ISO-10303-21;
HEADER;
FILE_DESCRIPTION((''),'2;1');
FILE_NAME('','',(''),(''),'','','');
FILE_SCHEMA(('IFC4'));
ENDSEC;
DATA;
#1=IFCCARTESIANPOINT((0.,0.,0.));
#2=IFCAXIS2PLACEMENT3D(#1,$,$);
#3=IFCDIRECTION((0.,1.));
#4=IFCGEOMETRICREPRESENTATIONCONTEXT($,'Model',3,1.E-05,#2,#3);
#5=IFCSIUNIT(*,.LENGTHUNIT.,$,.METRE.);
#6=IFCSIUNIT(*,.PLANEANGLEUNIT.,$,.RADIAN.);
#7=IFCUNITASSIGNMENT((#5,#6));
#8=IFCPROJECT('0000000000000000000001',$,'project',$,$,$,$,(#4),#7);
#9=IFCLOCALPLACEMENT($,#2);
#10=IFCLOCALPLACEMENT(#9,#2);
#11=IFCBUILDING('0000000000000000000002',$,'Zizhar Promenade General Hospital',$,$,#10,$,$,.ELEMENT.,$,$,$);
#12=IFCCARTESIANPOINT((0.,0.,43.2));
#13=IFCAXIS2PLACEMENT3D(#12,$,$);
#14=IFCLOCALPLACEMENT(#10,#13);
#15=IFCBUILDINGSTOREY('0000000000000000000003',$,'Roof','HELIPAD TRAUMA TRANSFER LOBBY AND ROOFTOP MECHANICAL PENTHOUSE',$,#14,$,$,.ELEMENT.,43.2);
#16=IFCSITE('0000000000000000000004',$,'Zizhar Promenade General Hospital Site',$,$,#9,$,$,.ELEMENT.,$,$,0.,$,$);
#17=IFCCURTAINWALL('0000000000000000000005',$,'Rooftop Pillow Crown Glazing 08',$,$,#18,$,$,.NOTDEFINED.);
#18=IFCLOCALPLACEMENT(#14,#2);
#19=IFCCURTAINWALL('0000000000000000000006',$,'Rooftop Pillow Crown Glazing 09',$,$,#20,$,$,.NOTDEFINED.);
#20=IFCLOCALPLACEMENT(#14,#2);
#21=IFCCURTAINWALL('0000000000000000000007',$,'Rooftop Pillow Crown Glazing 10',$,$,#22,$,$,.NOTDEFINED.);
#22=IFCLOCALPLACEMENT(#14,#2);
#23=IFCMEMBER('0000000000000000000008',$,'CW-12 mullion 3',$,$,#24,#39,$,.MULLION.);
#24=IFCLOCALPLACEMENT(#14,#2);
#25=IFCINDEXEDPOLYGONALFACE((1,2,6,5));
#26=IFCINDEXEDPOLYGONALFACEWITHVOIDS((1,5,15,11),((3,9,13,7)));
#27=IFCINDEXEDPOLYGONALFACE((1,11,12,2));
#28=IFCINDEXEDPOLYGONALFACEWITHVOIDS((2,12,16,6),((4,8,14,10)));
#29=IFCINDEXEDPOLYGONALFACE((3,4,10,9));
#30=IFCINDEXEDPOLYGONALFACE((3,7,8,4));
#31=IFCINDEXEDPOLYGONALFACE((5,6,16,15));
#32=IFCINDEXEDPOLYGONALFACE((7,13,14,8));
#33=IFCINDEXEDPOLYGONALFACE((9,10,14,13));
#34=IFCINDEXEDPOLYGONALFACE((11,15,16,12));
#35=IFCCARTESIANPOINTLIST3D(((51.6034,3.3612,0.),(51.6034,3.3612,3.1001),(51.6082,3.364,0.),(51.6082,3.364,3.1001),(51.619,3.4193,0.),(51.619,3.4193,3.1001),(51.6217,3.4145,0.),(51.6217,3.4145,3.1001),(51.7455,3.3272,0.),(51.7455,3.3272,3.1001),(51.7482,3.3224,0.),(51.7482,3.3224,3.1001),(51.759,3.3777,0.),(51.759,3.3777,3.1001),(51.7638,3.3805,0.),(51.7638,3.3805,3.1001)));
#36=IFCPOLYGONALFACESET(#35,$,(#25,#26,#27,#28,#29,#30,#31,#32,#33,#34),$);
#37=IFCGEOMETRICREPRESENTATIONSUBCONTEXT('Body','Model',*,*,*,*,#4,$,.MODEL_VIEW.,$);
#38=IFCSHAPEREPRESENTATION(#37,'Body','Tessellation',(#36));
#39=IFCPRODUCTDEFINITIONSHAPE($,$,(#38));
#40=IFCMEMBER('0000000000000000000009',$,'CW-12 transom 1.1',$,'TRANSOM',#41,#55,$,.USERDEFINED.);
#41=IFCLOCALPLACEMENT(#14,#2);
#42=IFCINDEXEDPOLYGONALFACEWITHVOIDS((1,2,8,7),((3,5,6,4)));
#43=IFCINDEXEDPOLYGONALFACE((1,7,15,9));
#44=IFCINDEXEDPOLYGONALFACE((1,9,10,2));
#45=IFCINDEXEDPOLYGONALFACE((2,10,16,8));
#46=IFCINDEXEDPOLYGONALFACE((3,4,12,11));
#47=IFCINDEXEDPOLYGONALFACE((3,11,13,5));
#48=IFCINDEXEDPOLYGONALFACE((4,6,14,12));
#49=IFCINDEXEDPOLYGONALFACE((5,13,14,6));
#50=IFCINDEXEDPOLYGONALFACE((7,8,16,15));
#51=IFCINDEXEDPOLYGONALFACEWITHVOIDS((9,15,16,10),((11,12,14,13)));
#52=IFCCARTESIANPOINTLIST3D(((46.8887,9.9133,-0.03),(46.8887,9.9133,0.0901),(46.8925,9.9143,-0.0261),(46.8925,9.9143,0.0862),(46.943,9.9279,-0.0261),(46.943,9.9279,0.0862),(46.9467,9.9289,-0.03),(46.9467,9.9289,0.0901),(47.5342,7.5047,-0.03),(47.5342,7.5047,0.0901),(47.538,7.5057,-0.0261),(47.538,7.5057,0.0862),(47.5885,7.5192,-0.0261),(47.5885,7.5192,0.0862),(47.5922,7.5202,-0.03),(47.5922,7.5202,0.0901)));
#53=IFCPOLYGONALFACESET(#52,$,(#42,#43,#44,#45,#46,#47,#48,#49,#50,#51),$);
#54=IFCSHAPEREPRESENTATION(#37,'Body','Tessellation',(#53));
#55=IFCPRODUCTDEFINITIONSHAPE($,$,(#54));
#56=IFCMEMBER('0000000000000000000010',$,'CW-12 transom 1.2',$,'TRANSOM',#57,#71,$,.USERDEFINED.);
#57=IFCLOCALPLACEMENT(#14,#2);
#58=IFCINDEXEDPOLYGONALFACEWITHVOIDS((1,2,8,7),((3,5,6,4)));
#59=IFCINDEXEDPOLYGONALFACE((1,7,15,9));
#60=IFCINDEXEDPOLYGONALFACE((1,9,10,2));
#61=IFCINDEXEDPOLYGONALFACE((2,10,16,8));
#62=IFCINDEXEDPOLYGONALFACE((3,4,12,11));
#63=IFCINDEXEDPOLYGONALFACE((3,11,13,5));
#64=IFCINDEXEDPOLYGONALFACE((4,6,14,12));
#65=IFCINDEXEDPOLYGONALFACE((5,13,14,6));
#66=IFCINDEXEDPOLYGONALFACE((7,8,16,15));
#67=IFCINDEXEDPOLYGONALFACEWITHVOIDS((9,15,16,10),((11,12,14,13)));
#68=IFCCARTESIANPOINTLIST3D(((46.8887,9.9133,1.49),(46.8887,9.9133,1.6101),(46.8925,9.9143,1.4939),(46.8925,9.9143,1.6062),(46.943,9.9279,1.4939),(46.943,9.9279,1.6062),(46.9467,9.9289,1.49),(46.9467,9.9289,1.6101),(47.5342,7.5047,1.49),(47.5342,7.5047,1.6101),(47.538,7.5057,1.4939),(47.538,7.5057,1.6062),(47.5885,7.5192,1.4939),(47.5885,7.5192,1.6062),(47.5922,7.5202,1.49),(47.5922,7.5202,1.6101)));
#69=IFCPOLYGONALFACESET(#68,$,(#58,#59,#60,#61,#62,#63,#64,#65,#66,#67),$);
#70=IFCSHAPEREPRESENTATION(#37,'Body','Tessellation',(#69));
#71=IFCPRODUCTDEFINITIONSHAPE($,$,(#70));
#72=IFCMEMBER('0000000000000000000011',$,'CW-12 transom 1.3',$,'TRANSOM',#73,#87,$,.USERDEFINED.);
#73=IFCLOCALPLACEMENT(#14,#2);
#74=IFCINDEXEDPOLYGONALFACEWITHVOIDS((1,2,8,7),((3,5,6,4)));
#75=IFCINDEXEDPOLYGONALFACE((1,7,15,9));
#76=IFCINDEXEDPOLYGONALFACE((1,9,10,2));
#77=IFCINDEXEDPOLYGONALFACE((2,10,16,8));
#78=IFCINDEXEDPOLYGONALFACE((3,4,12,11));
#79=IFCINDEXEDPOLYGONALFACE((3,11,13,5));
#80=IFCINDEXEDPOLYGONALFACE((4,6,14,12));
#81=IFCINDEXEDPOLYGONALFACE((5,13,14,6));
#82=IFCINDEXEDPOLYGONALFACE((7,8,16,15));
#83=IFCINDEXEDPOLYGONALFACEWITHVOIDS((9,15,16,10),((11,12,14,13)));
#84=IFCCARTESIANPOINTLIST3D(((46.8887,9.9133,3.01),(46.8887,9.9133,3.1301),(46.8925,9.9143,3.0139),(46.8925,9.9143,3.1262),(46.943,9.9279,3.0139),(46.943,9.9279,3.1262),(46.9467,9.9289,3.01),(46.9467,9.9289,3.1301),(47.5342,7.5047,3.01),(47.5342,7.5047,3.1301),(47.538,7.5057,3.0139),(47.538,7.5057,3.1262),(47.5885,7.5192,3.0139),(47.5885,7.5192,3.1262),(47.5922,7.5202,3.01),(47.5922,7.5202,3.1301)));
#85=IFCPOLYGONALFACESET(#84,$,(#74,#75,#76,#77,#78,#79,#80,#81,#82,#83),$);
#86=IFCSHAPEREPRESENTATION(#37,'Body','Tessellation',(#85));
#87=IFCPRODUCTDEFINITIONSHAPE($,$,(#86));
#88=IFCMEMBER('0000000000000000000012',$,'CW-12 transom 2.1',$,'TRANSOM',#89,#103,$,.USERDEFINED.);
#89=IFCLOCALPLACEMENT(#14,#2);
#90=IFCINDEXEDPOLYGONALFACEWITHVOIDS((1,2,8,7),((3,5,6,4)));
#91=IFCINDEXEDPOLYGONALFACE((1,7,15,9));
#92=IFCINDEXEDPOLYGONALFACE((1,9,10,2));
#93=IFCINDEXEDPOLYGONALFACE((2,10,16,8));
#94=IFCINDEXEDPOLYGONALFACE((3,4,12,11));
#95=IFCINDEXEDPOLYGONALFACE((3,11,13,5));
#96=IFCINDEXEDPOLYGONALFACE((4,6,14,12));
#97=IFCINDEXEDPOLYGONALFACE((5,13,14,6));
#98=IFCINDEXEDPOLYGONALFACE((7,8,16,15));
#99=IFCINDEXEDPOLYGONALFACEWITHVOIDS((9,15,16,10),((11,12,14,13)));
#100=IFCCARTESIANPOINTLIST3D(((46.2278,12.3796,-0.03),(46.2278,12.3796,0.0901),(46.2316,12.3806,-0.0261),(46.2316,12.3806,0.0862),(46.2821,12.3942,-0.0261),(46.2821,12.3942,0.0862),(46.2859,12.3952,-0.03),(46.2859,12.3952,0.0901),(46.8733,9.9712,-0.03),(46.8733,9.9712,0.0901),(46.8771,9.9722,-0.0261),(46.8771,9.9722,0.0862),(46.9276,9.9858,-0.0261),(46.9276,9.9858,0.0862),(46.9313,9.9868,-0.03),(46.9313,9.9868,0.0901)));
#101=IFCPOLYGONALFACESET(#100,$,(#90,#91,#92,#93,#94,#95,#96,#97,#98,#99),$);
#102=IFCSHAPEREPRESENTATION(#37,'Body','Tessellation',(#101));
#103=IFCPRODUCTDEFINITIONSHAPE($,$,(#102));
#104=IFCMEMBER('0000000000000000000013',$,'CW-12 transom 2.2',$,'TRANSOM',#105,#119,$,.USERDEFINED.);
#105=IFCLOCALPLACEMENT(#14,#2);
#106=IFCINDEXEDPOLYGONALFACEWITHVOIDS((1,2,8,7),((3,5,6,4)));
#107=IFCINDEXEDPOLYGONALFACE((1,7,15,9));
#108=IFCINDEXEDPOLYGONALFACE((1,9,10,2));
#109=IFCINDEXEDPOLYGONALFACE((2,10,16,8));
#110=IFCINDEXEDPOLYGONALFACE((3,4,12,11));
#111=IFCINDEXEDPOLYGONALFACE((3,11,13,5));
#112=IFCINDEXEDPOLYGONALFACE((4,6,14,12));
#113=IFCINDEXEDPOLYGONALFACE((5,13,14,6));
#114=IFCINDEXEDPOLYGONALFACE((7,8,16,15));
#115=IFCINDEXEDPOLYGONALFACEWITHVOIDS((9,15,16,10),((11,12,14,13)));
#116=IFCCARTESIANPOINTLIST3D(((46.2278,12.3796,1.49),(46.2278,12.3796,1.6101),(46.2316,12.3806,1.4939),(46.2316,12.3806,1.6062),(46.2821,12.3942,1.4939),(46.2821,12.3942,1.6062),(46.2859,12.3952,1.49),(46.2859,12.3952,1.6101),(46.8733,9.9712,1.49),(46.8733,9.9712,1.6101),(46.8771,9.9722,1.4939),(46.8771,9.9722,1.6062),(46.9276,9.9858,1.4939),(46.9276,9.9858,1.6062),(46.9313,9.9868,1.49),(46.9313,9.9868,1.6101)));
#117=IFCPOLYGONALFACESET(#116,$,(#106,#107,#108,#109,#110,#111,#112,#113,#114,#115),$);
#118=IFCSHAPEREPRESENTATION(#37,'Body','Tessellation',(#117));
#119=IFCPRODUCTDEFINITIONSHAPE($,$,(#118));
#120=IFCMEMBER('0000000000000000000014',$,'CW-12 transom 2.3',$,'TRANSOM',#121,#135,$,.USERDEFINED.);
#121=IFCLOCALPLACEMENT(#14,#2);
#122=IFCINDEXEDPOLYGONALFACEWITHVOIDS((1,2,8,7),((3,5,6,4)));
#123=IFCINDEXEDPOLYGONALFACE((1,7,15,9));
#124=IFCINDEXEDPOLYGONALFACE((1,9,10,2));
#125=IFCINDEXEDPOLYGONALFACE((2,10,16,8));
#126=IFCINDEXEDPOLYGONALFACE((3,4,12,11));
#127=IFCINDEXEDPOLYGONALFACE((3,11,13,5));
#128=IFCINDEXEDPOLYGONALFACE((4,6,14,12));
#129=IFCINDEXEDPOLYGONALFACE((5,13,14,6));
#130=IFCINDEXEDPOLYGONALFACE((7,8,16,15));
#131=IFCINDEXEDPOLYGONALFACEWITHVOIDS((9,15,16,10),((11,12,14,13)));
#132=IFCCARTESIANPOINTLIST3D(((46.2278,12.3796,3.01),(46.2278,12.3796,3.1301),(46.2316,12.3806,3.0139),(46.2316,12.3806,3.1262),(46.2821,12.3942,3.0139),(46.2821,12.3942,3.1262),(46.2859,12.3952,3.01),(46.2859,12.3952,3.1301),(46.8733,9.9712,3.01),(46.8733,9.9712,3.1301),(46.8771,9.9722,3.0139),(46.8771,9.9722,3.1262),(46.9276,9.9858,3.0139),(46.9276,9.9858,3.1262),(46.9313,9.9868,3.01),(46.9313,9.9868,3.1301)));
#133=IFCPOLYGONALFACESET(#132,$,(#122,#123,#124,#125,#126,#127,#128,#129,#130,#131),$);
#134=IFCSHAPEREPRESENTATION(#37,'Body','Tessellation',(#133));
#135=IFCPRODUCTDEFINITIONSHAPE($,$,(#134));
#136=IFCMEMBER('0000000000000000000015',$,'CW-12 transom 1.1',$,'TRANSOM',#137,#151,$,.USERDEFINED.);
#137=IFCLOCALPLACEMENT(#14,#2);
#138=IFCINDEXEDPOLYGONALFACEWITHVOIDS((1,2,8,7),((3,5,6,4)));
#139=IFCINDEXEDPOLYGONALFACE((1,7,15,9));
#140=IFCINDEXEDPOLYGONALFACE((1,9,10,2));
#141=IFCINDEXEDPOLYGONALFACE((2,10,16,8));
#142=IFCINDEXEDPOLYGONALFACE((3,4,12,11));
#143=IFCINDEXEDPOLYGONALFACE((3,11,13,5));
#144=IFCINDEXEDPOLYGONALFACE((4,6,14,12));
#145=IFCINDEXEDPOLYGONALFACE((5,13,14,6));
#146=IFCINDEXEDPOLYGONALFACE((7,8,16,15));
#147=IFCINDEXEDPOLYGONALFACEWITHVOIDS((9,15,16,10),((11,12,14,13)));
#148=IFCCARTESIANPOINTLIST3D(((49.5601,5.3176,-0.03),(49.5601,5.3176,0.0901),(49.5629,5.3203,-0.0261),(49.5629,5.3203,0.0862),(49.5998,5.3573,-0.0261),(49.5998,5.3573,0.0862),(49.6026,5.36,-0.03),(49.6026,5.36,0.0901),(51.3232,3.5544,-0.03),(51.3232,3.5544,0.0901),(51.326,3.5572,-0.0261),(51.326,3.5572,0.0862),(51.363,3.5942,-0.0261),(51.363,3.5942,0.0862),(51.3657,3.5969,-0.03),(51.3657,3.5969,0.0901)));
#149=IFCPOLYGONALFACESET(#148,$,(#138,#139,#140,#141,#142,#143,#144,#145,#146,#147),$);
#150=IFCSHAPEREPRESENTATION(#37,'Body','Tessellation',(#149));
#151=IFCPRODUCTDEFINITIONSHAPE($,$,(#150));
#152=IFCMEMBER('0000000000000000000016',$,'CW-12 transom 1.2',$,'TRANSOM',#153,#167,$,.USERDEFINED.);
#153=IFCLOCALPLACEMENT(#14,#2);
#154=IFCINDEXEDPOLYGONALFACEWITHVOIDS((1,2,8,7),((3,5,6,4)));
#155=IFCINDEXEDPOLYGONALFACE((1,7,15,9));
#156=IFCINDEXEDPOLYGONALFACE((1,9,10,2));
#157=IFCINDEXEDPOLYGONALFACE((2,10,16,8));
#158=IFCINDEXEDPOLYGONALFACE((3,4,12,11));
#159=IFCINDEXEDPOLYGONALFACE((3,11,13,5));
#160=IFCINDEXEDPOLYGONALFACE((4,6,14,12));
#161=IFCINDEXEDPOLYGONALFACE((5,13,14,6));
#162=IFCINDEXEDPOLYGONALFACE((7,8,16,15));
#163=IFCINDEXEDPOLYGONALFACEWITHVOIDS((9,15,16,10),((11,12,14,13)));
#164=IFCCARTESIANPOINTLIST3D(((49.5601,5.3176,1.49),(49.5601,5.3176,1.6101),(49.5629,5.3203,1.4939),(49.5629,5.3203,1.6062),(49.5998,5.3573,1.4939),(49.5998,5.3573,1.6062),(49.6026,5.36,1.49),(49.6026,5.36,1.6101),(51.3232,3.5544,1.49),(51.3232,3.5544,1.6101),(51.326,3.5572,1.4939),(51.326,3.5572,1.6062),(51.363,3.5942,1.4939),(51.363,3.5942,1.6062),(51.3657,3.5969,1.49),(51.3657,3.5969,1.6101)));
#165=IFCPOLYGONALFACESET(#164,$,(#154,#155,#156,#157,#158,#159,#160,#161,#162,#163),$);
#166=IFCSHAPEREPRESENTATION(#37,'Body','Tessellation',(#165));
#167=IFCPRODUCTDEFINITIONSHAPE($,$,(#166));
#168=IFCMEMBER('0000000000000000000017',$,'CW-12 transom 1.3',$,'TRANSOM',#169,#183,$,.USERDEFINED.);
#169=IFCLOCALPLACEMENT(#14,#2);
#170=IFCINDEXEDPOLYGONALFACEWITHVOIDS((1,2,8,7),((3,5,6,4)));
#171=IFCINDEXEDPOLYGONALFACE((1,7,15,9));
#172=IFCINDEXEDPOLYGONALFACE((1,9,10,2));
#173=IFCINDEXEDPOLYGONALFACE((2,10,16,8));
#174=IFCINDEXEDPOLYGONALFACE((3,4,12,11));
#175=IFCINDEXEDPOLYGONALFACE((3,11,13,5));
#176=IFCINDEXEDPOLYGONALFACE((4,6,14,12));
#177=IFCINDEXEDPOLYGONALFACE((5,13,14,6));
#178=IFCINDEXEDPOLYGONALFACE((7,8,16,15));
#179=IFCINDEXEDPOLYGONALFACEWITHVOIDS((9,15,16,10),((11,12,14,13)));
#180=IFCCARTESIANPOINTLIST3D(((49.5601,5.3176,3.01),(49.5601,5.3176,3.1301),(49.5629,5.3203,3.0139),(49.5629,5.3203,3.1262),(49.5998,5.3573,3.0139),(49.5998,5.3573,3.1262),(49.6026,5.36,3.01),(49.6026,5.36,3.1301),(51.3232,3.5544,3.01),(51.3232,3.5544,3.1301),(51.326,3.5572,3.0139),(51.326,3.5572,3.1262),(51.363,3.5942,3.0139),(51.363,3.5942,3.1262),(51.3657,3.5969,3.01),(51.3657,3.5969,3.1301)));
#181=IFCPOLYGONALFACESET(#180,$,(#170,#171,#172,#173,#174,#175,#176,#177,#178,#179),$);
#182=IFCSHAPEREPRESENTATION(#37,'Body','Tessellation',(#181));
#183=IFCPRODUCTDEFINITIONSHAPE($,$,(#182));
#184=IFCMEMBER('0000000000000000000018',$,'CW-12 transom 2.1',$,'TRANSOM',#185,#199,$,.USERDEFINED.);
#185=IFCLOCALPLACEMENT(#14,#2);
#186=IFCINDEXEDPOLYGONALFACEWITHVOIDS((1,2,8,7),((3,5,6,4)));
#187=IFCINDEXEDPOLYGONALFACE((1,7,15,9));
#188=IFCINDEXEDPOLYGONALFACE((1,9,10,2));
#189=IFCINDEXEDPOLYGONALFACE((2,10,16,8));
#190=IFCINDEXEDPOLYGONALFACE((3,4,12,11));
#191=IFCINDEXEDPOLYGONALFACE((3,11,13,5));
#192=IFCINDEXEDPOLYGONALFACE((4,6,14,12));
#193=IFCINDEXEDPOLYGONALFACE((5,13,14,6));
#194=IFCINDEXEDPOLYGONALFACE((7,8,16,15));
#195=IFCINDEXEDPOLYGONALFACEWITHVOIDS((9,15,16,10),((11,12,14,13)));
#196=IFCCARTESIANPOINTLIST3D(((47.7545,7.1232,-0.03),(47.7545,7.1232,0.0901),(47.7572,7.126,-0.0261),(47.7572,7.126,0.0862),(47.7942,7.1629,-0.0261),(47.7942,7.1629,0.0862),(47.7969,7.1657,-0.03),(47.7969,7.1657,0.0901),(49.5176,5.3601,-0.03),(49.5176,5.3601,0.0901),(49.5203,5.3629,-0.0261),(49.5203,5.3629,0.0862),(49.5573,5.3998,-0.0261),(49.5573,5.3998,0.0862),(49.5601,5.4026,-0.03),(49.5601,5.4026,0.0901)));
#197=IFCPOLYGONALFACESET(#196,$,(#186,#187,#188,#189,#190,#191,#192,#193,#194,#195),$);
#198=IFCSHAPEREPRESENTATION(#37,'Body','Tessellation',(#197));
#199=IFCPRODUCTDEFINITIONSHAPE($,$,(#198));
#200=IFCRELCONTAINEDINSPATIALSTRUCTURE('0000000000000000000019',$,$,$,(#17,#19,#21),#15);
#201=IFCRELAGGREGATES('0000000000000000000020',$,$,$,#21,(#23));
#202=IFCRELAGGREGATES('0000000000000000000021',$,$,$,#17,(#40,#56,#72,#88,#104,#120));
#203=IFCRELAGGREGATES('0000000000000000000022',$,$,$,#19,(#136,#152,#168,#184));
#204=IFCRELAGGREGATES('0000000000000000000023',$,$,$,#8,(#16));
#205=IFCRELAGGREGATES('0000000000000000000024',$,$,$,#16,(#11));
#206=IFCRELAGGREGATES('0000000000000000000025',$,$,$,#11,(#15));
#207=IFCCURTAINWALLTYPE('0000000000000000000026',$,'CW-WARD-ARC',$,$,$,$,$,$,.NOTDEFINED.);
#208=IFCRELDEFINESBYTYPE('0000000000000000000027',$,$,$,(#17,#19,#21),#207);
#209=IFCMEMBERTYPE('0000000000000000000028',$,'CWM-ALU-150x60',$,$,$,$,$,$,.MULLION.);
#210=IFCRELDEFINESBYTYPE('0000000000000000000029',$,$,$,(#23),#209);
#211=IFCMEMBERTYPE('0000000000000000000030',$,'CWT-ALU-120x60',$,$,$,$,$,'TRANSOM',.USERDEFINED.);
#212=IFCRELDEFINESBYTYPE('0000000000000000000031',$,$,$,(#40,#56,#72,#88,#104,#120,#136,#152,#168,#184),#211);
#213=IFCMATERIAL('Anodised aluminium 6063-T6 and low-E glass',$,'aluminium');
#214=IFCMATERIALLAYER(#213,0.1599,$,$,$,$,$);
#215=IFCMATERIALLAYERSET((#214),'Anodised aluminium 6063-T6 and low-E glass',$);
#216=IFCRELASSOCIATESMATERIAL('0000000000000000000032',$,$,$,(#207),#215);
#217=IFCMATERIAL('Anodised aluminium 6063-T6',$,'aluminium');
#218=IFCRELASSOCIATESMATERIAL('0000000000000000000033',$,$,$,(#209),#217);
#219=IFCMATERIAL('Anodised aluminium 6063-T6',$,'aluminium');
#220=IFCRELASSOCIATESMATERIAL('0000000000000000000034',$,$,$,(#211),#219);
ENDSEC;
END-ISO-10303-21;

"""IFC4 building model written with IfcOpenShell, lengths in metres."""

from ifc_helpers import new_model, si_unit, direction, frame, origin, origin_2d, place, context, subcontext, project, spatial, hollow_rectangle, extrude, material, layer, layer_set, material_profile, profile_set, type_object, element, aggregate, save


model = new_model("IFC4")

# Units and contexts
model_context = context("Model", 3, precision=1e-05, world=origin(), true_north=direction((0.0, 1.0)))
body_context = subcontext(model_context, "Body", "Model", "MODEL_VIEW")
ifc_project = project(units=[si_unit("LENGTHUNIT", "METRE"), si_unit("PLANEANGLEUNIT", "RADIAN")], contexts=[model_context])

# Site, building, storey
site_placement = place(None, origin())
site = spatial("IfcSite", under=ifc_project, at=site_placement, Name="Zizhar Promenade General Hospital Site", CompositionType="ELEMENT", RefElevation=0.0)
building_placement = place(site_placement, origin())
building = spatial("IfcBuilding", under=site, at=building_placement, Name="Zizhar Promenade General Hospital", CompositionType="ELEMENT")
storey_placement = place(building_placement, frame((0.0, 0.0, 43.2)))
storey = spatial("IfcBuildingStorey", under=building, at=storey_placement, Name="Roof", Description="HELIPAD TRAUMA TRANSFER LOBBY AND ROOFTOP MECHANICAL PENTHOUSE", CompositionType="ELEMENT", Elevation=43.2)

# Curtain walls
ifc_material_1 = material(Name="Anodised aluminium 6063-T6 and low-E glass", Category="aluminium")
ifc_layer_1 = layer(ifc_material_1, 0.1599)
ifc_layer_set_1 = layer_set([ifc_layer_1], Name="Anodised aluminium 6063-T6 and low-E glass")
curtain_wall_type = type_object("IfcCurtainWallType", Name="CW-WARD-ARC", PredefinedType="NOTDEFINED", material=ifc_layer_set_1)
curtain_wall_1_placement = place(storey_placement, origin())
curtain_wall_1 = element("IfcCurtainWall", 1, at=curtain_wall_1_placement, inside=storey, type_object=curtain_wall_type, Name="Rooftop Pillow Crown Glazing 08", PredefinedType="NOTDEFINED")
ifc_material_2 = material(Name="Anodised aluminium 6063-T6", Category="aluminium")
ifc_material_profile_1 = material_profile(ifc_material_2, hollow_rectangle(XDim=0.0601, YDim=0.1499, WallThickness=0.0039, at=origin_2d()))
ifc_profile_set_1 = profile_set([ifc_material_profile_1], Name="Anodised aluminium 6063-T6")
member_type_1 = type_object("IfcMemberType", Name="CWM-ALU-150x60", PredefinedType="MULLION", material=ifc_profile_set_1)
curtain_wall_2_placement = place(storey_placement, origin())
curtain_wall_2 = element("IfcCurtainWall", 2, at=curtain_wall_2_placement, inside=storey, type_object=curtain_wall_type, Name="Rooftop Pillow Crown Glazing 09", PredefinedType="NOTDEFINED")

# Curtain wall, member
curtain_wall_3_placement = place(storey_placement, origin())
curtain_wall_3 = element("IfcCurtainWall", 3, at=curtain_wall_3_placement, inside=storey, type_object=curtain_wall_type, Name="Rooftop Pillow Crown Glazing 10", PredefinedType="NOTDEFINED")
member_1_placement = place(storey_placement, frame((51.6836, 3.3708, 0.0), z_axis=(0.0, 0.0, 1.0), x_axis=(-0.258813, -0.965927, 0.0)))
member_1 = element("IfcMember", 4, at=member_1_placement, type_object=member_type_1, Name="CW-12 mullion 3", PredefinedType="MULLION", context=body_context, shape_type="SweptSolid", body=[
    extrude(hollow_rectangle(XDim=0.0601, YDim=0.1499, WallThickness=0.0039, at=origin_2d()), origin(), (0.0, 0.0, 1.0), 3.1001),
])
aggregate(curtain_wall_3, [member_1])

# Members
ifc_material_3 = material(Name="Anodised aluminium 6063-T6", Category="aluminium")
ifc_material_profile_2 = material_profile(ifc_material_3, hollow_rectangle(XDim=0.0601, YDim=0.1201, WallThickness=0.0039, at=origin_2d()))
ifc_profile_set_2 = profile_set([ifc_material_profile_2], Name="Anodised aluminium 6063-T6")
member_type_2 = type_object("IfcMemberType", Name="CWT-ALU-120x60", ElementType="TRANSOM", PredefinedType="USERDEFINED", material=ifc_profile_set_2)
member_2_placement = place(storey_placement, frame((47.5632, 7.5125, 0.03), z_axis=(-0.258857, 0.965916, 0.0), x_axis=(-0.965916, -0.258857, 0.0)))
member_2 = element("IfcMember", 5, at=member_2_placement, type_object=member_type_2, Name="CW-12 transom 1.1", ObjectType="TRANSOM", PredefinedType="USERDEFINED", context=body_context, shape_type="SweptSolid", body=[
    extrude(hollow_rectangle(XDim=0.0601, YDim=0.1201, WallThickness=0.0039, at=origin_2d()), origin(), (0.0, 0.0, 1.0), 2.4937),
])
member_3_placement = place(storey_placement, frame((47.5632, 7.5125, 1.55), z_axis=(-0.258857, 0.965916, 0.0), x_axis=(-0.965916, -0.258857, 0.0)))
member_3 = element("IfcMember", 6, at=member_3_placement, type_object=member_type_2, Name="CW-12 transom 1.2", ObjectType="TRANSOM", PredefinedType="USERDEFINED", context=body_context, shape_type="SweptSolid", body=[
    extrude(hollow_rectangle(XDim=0.0601, YDim=0.1201, WallThickness=0.0039, at=origin_2d()), origin(), (0.0, 0.0, 1.0), 2.4937),
])
member_4_placement = place(storey_placement, frame((47.5632, 7.5125, 3.0701), z_axis=(-0.258857, 0.965916, 0.0), x_axis=(-0.965916, -0.258857, 0.0)))
member_4 = element("IfcMember", 7, at=member_4_placement, type_object=member_type_2, Name="CW-12 transom 1.3", ObjectType="TRANSOM", PredefinedType="USERDEFINED", context=body_context, shape_type="SweptSolid", body=[
    extrude(hollow_rectangle(XDim=0.0601, YDim=0.1201, WallThickness=0.0039, at=origin_2d()), origin(), (0.0, 0.0, 1.0), 2.4937),
])
member_5_placement = place(storey_placement, frame((46.9023, 9.979, 0.03), z_axis=(-0.258881, 0.965909, 0.0), x_axis=(-0.965909, -0.258881, 0.0)))
member_5 = element("IfcMember", 8, at=member_5_placement, type_object=member_type_2, Name="CW-12 transom 2.1", ObjectType="TRANSOM", PredefinedType="USERDEFINED", context=body_context, shape_type="SweptSolid", body=[
    extrude(hollow_rectangle(XDim=0.0601, YDim=0.1201, WallThickness=0.0039, at=origin_2d()), origin(), (0.0, 0.0, 1.0), 2.4934),
])
member_6_placement = place(storey_placement, frame((46.9023, 9.979, 1.55), z_axis=(-0.258881, 0.965909, 0.0), x_axis=(-0.965909, -0.258881, 0.0)))
member_6 = element("IfcMember", 9, at=member_6_placement, type_object=member_type_2, Name="CW-12 transom 2.2", ObjectType="TRANSOM", PredefinedType="USERDEFINED", context=body_context, shape_type="SweptSolid", body=[
    extrude(hollow_rectangle(XDim=0.0601, YDim=0.1201, WallThickness=0.0039, at=origin_2d()), origin(), (0.0, 0.0, 1.0), 2.4934),
])
member_7_placement = place(storey_placement, frame((46.9023, 9.979, 3.0701), z_axis=(-0.258881, 0.965909, 0.0), x_axis=(-0.965909, -0.258881, 0.0)))
member_7 = element("IfcMember", 10, at=member_7_placement, type_object=member_type_2, Name="CW-12 transom 2.3", ObjectType="TRANSOM", PredefinedType="USERDEFINED", context=body_context, shape_type="SweptSolid", body=[
    extrude(hollow_rectangle(XDim=0.0601, YDim=0.1201, WallThickness=0.0039, at=origin_2d()), origin(), (0.0, 0.0, 1.0), 2.4934),
])
member_8_placement = place(storey_placement, frame((51.3445, 3.5757, 0.03), z_axis=(-0.707107, 0.707107, 0.0), x_axis=(-0.707107, -0.707107, 0.0)))
member_8 = element("IfcMember", 11, at=member_8_placement, type_object=member_type_2, Name="CW-12 transom 1.1", ObjectType="TRANSOM", PredefinedType="USERDEFINED", context=body_context, shape_type="SweptSolid", body=[
    extrude(hollow_rectangle(XDim=0.0601, YDim=0.1201, WallThickness=0.0039, at=origin_2d()), origin(), (0.0, 0.0, 1.0), 2.4934),
])
member_9_placement = place(storey_placement, frame((51.3445, 3.5757, 1.55), z_axis=(-0.707107, 0.707107, 0.0), x_axis=(-0.707107, -0.707107, 0.0)))
member_9 = element("IfcMember", 12, at=member_9_placement, type_object=member_type_2, Name="CW-12 transom 1.2", ObjectType="TRANSOM", PredefinedType="USERDEFINED", context=body_context, shape_type="SweptSolid", body=[
    extrude(hollow_rectangle(XDim=0.0601, YDim=0.1201, WallThickness=0.0039, at=origin_2d()), origin(), (0.0, 0.0, 1.0), 2.4934),
])
member_10_placement = place(storey_placement, frame((51.3445, 3.5757, 3.0701), z_axis=(-0.707107, 0.707107, 0.0), x_axis=(-0.707107, -0.707107, 0.0)))
member_10 = element("IfcMember", 13, at=member_10_placement, type_object=member_type_2, Name="CW-12 transom 1.3", ObjectType="TRANSOM", PredefinedType="USERDEFINED", context=body_context, shape_type="SweptSolid", body=[
    extrude(hollow_rectangle(XDim=0.0601, YDim=0.1201, WallThickness=0.0039, at=origin_2d()), origin(), (0.0, 0.0, 1.0), 2.4934),
])
member_11_placement = place(storey_placement, frame((49.5388, 5.3813, 0.03), z_axis=(-0.707107, 0.707107, 0.0), x_axis=(-0.707107, -0.707107, 0.0)))
member_11 = element("IfcMember", 14, at=member_11_placement, type_object=member_type_2, Name="CW-12 transom 2.1", ObjectType="TRANSOM", PredefinedType="USERDEFINED", context=body_context, shape_type="SweptSolid", body=[
    extrude(hollow_rectangle(XDim=0.0601, YDim=0.1201, WallThickness=0.0039, at=origin_2d()), origin(), (0.0, 0.0, 1.0), 2.4934),
])

aggregate(curtain_wall_1, [member_2, member_3, member_4, member_5, member_6, member_7])
aggregate(curtain_wall_2, [member_8, member_9, member_10, member_11])

save(model, "model.ifc")
